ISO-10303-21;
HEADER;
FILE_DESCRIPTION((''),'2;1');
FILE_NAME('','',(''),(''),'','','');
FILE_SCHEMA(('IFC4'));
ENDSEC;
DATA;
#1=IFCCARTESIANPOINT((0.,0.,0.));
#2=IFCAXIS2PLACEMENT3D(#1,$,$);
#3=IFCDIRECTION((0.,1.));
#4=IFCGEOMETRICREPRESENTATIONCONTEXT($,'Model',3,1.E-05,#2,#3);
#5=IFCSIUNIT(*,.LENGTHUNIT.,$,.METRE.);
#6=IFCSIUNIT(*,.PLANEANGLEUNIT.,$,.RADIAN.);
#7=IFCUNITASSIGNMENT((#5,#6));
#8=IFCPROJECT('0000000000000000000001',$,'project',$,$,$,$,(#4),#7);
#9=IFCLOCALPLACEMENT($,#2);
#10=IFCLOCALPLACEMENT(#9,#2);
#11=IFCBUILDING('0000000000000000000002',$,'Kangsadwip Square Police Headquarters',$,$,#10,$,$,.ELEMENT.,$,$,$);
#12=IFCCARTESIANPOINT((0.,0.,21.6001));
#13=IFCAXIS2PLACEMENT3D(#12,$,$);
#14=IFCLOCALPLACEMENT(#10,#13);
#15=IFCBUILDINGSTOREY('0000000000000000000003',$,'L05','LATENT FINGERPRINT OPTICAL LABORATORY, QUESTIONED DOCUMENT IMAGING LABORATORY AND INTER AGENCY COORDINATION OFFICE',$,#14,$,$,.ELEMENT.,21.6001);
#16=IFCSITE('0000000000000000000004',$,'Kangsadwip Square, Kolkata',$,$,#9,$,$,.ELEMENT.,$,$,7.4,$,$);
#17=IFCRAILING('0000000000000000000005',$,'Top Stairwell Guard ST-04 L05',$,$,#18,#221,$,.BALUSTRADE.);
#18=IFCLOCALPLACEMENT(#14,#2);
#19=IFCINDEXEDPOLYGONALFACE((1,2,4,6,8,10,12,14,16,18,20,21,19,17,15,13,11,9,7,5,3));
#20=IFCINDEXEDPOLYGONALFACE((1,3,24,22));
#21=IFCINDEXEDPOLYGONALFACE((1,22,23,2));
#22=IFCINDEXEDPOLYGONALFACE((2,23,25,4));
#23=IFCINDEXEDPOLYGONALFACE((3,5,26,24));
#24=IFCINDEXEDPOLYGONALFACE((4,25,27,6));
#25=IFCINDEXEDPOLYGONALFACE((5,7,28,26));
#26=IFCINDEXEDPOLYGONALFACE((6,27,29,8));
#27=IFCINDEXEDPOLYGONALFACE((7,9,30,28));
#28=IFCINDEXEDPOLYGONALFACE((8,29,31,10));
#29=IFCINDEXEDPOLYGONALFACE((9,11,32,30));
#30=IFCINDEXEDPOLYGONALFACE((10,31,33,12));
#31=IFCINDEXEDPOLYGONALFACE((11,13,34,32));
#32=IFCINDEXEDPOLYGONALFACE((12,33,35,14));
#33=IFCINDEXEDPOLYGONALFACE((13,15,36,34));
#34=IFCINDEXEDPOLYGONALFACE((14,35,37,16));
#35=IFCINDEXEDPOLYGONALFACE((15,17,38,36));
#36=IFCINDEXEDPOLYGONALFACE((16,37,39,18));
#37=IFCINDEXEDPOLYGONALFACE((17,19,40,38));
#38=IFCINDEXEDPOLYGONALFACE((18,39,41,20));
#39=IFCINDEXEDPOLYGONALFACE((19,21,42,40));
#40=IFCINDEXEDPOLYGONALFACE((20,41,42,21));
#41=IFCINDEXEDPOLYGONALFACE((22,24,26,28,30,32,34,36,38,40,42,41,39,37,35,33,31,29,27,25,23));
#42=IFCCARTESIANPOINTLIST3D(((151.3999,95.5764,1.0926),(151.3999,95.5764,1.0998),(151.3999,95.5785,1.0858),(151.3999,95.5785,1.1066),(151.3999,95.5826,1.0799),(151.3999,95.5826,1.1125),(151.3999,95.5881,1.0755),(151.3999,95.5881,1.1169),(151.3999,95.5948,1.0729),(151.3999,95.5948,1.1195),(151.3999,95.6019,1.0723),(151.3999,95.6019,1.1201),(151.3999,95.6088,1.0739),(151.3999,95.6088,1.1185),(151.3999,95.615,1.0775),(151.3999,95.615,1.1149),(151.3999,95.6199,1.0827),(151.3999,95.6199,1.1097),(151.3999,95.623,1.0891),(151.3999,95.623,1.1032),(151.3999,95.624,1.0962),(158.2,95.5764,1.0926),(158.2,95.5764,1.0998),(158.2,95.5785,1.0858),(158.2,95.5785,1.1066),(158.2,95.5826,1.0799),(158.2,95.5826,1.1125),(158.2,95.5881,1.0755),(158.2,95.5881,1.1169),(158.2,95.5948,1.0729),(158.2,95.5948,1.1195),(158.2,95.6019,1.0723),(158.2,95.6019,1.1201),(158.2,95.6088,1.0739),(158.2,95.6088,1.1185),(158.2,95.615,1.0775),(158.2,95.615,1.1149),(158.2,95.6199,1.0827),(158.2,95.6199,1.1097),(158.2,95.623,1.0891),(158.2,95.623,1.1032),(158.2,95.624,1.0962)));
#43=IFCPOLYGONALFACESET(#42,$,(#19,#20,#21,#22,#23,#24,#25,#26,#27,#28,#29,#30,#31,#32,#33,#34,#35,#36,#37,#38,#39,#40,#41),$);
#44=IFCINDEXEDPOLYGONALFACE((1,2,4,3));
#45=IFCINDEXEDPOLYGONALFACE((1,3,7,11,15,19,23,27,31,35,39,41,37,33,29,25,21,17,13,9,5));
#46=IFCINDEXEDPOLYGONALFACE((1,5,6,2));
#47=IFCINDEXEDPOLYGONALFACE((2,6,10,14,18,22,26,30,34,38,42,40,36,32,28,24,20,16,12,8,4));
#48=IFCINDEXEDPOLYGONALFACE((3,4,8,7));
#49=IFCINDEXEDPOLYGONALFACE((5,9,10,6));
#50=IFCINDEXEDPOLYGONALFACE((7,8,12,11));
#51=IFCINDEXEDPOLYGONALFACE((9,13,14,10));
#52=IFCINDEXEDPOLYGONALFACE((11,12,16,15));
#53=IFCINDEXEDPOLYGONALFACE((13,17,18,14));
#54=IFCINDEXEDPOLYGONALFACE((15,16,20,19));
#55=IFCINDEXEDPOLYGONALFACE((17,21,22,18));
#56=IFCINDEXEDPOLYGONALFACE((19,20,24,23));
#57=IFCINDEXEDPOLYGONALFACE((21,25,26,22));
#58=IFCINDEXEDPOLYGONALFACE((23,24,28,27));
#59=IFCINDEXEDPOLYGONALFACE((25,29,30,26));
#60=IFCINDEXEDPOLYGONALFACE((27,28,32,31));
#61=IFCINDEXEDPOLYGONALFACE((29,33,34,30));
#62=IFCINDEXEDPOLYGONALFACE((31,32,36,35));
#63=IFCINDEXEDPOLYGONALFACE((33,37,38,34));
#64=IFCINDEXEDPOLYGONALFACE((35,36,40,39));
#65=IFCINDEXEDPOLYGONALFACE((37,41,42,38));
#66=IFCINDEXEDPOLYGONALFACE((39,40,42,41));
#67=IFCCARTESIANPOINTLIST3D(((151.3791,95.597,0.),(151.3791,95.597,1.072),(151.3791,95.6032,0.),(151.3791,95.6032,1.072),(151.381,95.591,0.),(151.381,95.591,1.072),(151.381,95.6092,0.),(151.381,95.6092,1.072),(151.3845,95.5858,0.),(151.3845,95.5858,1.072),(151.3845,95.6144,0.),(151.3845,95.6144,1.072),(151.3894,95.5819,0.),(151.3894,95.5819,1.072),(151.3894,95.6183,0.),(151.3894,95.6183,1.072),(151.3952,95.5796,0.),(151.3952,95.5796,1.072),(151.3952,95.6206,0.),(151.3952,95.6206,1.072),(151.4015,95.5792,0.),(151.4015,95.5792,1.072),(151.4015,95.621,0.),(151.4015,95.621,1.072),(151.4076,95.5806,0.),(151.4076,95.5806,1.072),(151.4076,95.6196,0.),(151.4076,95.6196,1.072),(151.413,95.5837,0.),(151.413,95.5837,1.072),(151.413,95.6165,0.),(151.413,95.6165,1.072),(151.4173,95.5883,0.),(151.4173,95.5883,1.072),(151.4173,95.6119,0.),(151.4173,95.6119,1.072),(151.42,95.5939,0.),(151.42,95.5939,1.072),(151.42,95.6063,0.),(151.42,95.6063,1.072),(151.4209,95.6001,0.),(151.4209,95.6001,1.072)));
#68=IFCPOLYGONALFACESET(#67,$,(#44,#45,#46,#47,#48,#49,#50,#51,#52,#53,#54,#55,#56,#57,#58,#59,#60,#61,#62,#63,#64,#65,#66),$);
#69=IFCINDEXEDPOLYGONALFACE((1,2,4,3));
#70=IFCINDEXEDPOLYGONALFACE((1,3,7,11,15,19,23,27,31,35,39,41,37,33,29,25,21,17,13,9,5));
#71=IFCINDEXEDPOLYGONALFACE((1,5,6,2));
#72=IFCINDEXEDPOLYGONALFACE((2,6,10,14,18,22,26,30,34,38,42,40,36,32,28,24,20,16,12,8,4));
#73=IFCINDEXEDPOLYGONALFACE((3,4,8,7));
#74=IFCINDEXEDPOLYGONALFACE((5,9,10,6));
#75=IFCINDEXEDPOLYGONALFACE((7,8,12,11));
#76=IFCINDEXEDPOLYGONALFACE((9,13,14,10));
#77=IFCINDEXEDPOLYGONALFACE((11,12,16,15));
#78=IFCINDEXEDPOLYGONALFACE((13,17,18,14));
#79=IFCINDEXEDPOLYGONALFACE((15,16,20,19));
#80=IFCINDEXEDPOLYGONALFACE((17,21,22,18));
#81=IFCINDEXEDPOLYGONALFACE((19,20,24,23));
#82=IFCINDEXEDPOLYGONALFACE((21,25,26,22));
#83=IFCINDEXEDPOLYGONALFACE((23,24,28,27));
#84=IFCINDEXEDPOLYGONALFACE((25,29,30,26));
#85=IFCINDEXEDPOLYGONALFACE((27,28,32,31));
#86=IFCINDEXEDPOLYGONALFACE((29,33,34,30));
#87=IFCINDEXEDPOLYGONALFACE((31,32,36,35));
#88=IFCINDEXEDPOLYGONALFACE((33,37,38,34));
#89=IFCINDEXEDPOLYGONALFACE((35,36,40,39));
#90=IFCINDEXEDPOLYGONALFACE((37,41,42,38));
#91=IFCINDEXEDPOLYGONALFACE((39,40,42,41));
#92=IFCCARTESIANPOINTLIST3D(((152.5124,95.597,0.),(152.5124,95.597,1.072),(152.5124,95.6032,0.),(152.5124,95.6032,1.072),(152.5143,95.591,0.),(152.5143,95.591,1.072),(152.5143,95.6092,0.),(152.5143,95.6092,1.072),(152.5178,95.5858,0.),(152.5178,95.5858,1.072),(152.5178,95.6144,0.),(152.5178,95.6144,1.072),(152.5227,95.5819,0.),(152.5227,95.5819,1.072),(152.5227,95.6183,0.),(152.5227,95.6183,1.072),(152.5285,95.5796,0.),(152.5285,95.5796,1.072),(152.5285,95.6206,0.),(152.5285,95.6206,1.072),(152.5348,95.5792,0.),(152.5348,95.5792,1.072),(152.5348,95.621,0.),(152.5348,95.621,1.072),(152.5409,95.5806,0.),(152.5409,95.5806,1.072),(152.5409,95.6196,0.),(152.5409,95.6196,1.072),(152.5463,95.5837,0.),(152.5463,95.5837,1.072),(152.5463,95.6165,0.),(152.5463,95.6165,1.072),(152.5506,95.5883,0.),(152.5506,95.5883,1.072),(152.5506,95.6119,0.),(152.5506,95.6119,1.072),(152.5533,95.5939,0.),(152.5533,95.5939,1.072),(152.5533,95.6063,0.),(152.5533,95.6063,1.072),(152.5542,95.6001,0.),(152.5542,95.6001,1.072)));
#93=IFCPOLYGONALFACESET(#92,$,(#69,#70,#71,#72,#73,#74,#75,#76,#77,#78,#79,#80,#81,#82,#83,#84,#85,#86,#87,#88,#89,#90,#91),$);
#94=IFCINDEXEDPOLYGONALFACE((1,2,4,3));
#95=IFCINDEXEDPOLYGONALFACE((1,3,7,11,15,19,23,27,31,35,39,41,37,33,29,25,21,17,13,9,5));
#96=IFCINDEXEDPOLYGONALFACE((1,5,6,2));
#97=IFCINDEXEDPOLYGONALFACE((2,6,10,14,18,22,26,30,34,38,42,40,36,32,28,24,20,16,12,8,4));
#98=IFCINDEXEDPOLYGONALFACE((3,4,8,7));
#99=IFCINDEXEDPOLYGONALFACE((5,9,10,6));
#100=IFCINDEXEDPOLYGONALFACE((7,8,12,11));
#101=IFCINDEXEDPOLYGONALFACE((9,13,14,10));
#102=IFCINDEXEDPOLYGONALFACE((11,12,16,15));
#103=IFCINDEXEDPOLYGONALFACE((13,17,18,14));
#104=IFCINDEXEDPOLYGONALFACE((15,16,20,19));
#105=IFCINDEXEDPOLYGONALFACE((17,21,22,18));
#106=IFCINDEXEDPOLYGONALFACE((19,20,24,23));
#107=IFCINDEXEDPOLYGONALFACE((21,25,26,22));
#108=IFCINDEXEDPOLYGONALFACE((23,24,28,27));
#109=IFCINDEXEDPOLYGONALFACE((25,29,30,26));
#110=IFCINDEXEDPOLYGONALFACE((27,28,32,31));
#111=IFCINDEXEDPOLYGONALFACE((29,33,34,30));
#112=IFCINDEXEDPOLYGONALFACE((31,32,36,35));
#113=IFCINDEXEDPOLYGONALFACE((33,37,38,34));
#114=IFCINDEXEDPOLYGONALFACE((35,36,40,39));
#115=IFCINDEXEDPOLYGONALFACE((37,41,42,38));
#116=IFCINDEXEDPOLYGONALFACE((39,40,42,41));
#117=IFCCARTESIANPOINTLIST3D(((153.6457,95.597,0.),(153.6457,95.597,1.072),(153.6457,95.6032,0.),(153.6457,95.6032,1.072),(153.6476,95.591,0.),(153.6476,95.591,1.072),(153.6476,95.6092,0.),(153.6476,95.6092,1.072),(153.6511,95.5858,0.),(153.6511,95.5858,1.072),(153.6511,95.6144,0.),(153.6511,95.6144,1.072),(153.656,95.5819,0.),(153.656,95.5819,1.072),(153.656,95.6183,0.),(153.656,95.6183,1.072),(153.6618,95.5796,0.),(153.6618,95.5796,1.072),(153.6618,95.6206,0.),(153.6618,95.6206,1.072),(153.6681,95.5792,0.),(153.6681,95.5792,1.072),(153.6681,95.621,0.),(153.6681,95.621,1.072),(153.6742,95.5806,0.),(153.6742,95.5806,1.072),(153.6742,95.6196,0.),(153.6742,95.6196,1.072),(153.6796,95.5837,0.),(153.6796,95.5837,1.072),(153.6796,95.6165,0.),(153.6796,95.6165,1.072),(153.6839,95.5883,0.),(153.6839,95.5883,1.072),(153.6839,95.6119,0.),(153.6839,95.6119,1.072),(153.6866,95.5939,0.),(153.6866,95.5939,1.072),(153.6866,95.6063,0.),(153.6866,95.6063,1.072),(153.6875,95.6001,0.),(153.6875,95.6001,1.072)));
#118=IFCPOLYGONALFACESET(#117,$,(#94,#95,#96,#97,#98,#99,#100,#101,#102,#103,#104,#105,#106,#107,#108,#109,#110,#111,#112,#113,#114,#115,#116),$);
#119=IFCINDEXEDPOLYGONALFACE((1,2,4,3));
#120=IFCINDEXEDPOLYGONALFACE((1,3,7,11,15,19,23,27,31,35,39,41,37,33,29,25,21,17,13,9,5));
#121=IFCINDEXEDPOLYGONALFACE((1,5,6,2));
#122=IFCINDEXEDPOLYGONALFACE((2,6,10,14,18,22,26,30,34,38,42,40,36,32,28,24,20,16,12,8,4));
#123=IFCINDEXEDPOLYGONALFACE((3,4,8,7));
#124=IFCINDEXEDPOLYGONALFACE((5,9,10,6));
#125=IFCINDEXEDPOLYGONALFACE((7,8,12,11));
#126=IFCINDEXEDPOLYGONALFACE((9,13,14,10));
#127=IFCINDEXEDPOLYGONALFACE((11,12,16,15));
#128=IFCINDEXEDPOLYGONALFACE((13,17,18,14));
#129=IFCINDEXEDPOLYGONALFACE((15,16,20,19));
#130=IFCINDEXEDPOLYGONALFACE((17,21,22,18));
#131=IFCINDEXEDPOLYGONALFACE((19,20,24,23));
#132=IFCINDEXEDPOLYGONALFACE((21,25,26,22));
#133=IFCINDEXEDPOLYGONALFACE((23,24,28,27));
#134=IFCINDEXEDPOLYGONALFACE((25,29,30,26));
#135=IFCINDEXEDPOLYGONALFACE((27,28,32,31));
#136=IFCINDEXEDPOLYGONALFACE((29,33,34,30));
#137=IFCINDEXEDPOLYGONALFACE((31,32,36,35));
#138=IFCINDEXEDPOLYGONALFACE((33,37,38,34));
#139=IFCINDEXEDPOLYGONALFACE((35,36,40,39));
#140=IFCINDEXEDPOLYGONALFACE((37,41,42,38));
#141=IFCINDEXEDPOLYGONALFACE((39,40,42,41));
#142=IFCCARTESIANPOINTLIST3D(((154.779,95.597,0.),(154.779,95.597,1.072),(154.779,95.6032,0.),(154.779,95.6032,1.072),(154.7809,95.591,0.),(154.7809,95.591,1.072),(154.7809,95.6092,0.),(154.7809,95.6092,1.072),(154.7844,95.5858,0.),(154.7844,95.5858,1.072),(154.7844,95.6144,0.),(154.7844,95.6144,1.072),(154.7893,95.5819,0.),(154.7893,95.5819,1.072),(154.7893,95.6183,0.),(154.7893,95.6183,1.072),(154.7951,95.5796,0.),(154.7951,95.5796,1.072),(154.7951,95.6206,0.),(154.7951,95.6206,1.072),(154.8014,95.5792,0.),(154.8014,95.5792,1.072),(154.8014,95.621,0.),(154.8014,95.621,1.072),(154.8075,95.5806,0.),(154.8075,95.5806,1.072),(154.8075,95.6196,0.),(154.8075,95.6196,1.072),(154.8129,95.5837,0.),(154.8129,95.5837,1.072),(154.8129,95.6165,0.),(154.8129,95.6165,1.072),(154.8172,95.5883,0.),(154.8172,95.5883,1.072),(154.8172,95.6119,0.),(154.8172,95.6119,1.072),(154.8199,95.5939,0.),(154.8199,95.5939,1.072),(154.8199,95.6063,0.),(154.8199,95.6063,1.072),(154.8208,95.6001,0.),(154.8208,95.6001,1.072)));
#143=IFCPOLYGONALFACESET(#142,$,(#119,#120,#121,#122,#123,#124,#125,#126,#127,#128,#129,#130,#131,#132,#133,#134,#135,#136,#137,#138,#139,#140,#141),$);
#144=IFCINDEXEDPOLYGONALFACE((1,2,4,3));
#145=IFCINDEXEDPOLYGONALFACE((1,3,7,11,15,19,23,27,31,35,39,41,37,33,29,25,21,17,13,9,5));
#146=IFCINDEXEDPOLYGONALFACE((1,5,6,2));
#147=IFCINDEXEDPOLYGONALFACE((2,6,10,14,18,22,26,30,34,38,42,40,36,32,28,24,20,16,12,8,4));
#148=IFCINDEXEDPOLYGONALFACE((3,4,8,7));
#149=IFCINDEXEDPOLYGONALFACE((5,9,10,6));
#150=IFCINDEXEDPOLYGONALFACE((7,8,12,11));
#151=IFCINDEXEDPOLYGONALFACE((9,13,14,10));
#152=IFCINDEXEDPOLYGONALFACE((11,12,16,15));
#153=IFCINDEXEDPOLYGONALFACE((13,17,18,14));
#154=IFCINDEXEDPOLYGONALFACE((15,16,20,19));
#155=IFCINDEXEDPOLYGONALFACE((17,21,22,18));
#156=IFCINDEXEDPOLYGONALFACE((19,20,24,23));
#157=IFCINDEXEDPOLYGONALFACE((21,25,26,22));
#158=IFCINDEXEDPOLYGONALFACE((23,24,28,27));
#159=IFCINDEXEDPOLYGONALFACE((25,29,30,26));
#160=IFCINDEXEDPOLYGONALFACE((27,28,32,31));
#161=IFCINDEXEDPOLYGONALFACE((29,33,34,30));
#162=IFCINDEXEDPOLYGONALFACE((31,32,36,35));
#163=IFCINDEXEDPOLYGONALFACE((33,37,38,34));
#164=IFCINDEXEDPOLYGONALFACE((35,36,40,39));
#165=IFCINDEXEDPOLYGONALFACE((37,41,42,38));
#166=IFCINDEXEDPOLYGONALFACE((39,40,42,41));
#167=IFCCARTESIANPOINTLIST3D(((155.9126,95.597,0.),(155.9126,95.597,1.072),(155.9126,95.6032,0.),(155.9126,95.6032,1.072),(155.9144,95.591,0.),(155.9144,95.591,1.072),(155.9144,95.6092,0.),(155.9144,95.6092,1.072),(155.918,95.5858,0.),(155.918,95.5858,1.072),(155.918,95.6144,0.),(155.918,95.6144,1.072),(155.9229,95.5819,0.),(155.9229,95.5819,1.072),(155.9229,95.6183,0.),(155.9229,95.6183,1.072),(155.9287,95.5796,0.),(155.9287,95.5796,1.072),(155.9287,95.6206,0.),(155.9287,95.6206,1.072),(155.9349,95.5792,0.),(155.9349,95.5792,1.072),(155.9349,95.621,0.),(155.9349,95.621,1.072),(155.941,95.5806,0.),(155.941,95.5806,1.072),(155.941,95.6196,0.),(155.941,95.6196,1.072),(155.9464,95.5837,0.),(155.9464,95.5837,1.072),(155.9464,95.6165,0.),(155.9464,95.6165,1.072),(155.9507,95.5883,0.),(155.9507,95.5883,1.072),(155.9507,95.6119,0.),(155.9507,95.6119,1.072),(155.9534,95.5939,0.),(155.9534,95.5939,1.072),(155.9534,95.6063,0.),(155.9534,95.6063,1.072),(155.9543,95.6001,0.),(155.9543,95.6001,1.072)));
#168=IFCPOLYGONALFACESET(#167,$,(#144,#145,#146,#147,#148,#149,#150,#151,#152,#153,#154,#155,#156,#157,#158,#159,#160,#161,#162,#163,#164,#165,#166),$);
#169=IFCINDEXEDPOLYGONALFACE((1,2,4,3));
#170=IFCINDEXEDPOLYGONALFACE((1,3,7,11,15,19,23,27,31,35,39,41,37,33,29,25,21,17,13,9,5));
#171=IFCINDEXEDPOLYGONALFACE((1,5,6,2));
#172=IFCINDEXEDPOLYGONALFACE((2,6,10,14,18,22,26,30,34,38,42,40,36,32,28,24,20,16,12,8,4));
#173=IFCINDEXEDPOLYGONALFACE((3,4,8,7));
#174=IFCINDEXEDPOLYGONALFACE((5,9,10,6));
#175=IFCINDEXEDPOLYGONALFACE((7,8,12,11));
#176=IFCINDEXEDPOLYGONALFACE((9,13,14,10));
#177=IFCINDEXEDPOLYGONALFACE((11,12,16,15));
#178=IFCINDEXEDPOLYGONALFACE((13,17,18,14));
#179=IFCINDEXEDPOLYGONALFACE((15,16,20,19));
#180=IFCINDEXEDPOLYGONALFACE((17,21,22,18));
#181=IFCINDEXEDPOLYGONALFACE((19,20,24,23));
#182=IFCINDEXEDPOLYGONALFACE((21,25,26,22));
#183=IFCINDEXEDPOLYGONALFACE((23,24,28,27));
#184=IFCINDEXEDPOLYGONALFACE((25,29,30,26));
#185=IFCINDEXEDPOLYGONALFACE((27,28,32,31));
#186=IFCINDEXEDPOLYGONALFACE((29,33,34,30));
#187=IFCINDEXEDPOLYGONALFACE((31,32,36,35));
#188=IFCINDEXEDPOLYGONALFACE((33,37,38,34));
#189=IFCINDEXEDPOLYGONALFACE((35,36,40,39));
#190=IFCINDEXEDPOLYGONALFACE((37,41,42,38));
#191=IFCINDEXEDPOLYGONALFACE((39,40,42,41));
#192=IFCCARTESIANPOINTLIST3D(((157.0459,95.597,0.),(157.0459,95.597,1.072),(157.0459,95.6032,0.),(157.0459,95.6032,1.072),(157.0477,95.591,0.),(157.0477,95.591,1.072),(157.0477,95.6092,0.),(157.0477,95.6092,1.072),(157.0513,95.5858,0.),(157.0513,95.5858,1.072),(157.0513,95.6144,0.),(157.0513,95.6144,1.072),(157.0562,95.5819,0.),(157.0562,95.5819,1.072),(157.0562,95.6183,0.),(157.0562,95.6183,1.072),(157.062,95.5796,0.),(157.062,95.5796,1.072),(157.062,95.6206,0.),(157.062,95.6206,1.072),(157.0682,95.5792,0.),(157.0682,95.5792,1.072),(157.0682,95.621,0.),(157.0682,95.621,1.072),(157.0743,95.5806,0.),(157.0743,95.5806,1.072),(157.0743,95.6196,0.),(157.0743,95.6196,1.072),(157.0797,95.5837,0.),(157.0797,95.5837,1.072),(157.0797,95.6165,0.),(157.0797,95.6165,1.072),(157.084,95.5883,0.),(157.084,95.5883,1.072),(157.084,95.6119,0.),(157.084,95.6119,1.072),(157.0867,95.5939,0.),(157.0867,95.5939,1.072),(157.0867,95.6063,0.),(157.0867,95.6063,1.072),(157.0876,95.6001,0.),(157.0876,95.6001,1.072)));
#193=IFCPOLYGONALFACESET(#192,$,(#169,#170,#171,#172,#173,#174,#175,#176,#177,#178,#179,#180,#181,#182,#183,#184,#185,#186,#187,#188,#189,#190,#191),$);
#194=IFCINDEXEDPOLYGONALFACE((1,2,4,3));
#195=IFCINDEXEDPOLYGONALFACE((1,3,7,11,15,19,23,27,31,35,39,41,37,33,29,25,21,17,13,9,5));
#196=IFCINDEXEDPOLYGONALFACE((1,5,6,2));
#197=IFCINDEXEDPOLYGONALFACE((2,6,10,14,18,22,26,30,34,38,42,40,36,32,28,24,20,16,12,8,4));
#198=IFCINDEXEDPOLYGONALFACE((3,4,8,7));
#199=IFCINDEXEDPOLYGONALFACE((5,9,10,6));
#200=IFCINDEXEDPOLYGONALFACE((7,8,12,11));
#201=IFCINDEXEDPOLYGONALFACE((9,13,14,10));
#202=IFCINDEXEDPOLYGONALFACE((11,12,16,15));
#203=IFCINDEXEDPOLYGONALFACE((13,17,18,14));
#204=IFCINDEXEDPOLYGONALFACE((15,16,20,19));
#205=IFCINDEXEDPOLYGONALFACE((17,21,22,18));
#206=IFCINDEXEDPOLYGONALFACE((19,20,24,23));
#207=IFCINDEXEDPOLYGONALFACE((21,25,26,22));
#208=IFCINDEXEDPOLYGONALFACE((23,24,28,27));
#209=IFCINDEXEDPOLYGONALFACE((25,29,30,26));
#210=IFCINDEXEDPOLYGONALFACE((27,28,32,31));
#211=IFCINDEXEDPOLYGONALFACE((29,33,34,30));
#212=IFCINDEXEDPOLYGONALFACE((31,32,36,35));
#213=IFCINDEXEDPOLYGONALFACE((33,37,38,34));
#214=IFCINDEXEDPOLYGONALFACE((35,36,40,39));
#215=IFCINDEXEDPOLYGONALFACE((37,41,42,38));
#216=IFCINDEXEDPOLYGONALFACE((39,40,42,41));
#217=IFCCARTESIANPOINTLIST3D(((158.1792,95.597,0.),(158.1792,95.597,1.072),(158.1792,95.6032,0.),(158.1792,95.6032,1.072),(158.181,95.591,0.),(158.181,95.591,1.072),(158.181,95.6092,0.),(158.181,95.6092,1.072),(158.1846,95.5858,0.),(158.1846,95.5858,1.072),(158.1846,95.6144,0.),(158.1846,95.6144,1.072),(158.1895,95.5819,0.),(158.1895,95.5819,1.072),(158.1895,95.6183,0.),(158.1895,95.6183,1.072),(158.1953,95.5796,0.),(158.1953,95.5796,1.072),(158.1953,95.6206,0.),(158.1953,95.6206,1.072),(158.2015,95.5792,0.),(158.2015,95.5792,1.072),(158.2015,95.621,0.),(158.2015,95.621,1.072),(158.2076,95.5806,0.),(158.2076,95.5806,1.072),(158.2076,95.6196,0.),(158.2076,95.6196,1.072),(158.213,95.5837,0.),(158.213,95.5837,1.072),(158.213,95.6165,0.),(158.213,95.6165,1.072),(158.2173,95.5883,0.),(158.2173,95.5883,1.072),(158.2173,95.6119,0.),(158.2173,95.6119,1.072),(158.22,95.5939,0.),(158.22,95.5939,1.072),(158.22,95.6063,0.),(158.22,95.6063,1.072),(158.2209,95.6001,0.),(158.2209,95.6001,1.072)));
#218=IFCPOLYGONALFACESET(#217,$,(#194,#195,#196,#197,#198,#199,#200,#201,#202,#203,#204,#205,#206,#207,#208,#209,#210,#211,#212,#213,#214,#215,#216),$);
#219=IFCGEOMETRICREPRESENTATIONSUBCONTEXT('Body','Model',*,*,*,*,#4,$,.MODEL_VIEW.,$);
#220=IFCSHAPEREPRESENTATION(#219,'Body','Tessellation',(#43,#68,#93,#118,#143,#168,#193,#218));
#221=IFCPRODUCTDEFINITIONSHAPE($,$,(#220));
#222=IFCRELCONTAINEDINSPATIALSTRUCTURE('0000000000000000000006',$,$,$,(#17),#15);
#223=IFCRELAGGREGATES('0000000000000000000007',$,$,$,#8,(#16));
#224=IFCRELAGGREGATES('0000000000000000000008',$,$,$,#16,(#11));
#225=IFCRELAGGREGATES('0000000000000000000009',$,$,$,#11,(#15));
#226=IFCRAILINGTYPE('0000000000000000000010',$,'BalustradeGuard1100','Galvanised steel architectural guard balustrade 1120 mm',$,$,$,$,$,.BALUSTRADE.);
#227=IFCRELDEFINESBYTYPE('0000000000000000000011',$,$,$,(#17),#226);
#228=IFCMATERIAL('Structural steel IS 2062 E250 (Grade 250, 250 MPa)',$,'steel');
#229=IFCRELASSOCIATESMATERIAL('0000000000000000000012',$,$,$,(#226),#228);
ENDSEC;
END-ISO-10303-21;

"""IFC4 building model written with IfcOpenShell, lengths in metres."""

from ifc_helpers import new_model, si_unit, direction, frame, origin, origin_2d, place, context, subcontext, project, spatial, circle, extrude, material, type_object, element, save


model = new_model("IFC4")

# Units and contexts
model_context = context("Model", 3, precision=1e-05, world=origin(), true_north=direction((0.0, 1.0)))
body_context = subcontext(model_context, "Body", "Model", "MODEL_VIEW")
ifc_project = project(units=[si_unit("LENGTHUNIT", "METRE"), si_unit("PLANEANGLEUNIT", "RADIAN")], contexts=[model_context])

# Site, building, storey
site_placement = place(None, origin())
site = spatial("IfcSite", under=ifc_project, at=site_placement, Name="Kangsadwip Square, Kolkata", CompositionType="ELEMENT", RefElevation=7.4)
building_placement = place(site_placement, origin())
building = spatial("IfcBuilding", under=site, at=building_placement, Name="Kangsadwip Square Police Headquarters", CompositionType="ELEMENT")
storey_placement = place(building_placement, frame((0.0, 0.0, 21.6001)))
storey = spatial("IfcBuildingStorey", under=building, at=storey_placement, Name="L05", Description="LATENT FINGERPRINT OPTICAL LABORATORY, QUESTIONED DOCUMENT IMAGING LABORATORY AND INTER AGENCY COORDINATION OFFICE", CompositionType="ELEMENT", Elevation=21.6001)

# Railing
ifc_material_1 = material(Name="Structural steel IS 2062 E250 (Grade 250, 250 MPa)", Category="steel")
railing_type = type_object("IfcRailingType", Name="BalustradeGuard1100", Description="Galvanised steel architectural guard balustrade 1120 mm", PredefinedType="BALUSTRADE", material=ifc_material_1)
railing_placement = place(storey_placement, frame((151.3999, 95.6001, 0.0)))
element("IfcRailing", 1, at=railing_placement, inside=storey, type_object=railing_type, Name="Top Stairwell Guard ST-04 L05", PredefinedType="BALUSTRADE", context=body_context, shape_type="SweptSolid", body=[
    extrude(circle(Radius=0.0239, at=origin_2d()), frame((0.0, 0.0, 1.0962), z_axis=(1.0, 0.0, 0.0), x_axis=(0.0, 1.0, 0.0)), (0.0, 0.0, 1.0), 6.8),
    extrude(circle(Radius=0.021, at=origin_2d()), origin(), (0.0, 0.0, 1.0), 1.072),
    extrude(circle(Radius=0.021, at=origin_2d()), frame((1.1333, 0.0, 0.0)), (0.0, 0.0, 1.0), 1.072),
    extrude(circle(Radius=0.021, at=origin_2d()), frame((2.2666, 0.0, 0.0)), (0.0, 0.0, 1.0), 1.072),
    extrude(circle(Radius=0.021, at=origin_2d()), frame((3.3999, 0.0, 0.0)), (0.0, 0.0, 1.0), 1.072),
    extrude(circle(Radius=0.021, at=origin_2d()), frame((4.5334, 0.0, 0.0)), (0.0, 0.0, 1.0), 1.072),
    extrude(circle(Radius=0.021, at=origin_2d()), frame((5.6667, 0.0, 0.0)), (0.0, 0.0, 1.0), 1.072),
    extrude(circle(Radius=0.021, at=origin_2d()), frame((6.8, 0.0, 0.0)), (0.0, 0.0, 1.0), 1.072),
])

save(model, "model.ifc")
